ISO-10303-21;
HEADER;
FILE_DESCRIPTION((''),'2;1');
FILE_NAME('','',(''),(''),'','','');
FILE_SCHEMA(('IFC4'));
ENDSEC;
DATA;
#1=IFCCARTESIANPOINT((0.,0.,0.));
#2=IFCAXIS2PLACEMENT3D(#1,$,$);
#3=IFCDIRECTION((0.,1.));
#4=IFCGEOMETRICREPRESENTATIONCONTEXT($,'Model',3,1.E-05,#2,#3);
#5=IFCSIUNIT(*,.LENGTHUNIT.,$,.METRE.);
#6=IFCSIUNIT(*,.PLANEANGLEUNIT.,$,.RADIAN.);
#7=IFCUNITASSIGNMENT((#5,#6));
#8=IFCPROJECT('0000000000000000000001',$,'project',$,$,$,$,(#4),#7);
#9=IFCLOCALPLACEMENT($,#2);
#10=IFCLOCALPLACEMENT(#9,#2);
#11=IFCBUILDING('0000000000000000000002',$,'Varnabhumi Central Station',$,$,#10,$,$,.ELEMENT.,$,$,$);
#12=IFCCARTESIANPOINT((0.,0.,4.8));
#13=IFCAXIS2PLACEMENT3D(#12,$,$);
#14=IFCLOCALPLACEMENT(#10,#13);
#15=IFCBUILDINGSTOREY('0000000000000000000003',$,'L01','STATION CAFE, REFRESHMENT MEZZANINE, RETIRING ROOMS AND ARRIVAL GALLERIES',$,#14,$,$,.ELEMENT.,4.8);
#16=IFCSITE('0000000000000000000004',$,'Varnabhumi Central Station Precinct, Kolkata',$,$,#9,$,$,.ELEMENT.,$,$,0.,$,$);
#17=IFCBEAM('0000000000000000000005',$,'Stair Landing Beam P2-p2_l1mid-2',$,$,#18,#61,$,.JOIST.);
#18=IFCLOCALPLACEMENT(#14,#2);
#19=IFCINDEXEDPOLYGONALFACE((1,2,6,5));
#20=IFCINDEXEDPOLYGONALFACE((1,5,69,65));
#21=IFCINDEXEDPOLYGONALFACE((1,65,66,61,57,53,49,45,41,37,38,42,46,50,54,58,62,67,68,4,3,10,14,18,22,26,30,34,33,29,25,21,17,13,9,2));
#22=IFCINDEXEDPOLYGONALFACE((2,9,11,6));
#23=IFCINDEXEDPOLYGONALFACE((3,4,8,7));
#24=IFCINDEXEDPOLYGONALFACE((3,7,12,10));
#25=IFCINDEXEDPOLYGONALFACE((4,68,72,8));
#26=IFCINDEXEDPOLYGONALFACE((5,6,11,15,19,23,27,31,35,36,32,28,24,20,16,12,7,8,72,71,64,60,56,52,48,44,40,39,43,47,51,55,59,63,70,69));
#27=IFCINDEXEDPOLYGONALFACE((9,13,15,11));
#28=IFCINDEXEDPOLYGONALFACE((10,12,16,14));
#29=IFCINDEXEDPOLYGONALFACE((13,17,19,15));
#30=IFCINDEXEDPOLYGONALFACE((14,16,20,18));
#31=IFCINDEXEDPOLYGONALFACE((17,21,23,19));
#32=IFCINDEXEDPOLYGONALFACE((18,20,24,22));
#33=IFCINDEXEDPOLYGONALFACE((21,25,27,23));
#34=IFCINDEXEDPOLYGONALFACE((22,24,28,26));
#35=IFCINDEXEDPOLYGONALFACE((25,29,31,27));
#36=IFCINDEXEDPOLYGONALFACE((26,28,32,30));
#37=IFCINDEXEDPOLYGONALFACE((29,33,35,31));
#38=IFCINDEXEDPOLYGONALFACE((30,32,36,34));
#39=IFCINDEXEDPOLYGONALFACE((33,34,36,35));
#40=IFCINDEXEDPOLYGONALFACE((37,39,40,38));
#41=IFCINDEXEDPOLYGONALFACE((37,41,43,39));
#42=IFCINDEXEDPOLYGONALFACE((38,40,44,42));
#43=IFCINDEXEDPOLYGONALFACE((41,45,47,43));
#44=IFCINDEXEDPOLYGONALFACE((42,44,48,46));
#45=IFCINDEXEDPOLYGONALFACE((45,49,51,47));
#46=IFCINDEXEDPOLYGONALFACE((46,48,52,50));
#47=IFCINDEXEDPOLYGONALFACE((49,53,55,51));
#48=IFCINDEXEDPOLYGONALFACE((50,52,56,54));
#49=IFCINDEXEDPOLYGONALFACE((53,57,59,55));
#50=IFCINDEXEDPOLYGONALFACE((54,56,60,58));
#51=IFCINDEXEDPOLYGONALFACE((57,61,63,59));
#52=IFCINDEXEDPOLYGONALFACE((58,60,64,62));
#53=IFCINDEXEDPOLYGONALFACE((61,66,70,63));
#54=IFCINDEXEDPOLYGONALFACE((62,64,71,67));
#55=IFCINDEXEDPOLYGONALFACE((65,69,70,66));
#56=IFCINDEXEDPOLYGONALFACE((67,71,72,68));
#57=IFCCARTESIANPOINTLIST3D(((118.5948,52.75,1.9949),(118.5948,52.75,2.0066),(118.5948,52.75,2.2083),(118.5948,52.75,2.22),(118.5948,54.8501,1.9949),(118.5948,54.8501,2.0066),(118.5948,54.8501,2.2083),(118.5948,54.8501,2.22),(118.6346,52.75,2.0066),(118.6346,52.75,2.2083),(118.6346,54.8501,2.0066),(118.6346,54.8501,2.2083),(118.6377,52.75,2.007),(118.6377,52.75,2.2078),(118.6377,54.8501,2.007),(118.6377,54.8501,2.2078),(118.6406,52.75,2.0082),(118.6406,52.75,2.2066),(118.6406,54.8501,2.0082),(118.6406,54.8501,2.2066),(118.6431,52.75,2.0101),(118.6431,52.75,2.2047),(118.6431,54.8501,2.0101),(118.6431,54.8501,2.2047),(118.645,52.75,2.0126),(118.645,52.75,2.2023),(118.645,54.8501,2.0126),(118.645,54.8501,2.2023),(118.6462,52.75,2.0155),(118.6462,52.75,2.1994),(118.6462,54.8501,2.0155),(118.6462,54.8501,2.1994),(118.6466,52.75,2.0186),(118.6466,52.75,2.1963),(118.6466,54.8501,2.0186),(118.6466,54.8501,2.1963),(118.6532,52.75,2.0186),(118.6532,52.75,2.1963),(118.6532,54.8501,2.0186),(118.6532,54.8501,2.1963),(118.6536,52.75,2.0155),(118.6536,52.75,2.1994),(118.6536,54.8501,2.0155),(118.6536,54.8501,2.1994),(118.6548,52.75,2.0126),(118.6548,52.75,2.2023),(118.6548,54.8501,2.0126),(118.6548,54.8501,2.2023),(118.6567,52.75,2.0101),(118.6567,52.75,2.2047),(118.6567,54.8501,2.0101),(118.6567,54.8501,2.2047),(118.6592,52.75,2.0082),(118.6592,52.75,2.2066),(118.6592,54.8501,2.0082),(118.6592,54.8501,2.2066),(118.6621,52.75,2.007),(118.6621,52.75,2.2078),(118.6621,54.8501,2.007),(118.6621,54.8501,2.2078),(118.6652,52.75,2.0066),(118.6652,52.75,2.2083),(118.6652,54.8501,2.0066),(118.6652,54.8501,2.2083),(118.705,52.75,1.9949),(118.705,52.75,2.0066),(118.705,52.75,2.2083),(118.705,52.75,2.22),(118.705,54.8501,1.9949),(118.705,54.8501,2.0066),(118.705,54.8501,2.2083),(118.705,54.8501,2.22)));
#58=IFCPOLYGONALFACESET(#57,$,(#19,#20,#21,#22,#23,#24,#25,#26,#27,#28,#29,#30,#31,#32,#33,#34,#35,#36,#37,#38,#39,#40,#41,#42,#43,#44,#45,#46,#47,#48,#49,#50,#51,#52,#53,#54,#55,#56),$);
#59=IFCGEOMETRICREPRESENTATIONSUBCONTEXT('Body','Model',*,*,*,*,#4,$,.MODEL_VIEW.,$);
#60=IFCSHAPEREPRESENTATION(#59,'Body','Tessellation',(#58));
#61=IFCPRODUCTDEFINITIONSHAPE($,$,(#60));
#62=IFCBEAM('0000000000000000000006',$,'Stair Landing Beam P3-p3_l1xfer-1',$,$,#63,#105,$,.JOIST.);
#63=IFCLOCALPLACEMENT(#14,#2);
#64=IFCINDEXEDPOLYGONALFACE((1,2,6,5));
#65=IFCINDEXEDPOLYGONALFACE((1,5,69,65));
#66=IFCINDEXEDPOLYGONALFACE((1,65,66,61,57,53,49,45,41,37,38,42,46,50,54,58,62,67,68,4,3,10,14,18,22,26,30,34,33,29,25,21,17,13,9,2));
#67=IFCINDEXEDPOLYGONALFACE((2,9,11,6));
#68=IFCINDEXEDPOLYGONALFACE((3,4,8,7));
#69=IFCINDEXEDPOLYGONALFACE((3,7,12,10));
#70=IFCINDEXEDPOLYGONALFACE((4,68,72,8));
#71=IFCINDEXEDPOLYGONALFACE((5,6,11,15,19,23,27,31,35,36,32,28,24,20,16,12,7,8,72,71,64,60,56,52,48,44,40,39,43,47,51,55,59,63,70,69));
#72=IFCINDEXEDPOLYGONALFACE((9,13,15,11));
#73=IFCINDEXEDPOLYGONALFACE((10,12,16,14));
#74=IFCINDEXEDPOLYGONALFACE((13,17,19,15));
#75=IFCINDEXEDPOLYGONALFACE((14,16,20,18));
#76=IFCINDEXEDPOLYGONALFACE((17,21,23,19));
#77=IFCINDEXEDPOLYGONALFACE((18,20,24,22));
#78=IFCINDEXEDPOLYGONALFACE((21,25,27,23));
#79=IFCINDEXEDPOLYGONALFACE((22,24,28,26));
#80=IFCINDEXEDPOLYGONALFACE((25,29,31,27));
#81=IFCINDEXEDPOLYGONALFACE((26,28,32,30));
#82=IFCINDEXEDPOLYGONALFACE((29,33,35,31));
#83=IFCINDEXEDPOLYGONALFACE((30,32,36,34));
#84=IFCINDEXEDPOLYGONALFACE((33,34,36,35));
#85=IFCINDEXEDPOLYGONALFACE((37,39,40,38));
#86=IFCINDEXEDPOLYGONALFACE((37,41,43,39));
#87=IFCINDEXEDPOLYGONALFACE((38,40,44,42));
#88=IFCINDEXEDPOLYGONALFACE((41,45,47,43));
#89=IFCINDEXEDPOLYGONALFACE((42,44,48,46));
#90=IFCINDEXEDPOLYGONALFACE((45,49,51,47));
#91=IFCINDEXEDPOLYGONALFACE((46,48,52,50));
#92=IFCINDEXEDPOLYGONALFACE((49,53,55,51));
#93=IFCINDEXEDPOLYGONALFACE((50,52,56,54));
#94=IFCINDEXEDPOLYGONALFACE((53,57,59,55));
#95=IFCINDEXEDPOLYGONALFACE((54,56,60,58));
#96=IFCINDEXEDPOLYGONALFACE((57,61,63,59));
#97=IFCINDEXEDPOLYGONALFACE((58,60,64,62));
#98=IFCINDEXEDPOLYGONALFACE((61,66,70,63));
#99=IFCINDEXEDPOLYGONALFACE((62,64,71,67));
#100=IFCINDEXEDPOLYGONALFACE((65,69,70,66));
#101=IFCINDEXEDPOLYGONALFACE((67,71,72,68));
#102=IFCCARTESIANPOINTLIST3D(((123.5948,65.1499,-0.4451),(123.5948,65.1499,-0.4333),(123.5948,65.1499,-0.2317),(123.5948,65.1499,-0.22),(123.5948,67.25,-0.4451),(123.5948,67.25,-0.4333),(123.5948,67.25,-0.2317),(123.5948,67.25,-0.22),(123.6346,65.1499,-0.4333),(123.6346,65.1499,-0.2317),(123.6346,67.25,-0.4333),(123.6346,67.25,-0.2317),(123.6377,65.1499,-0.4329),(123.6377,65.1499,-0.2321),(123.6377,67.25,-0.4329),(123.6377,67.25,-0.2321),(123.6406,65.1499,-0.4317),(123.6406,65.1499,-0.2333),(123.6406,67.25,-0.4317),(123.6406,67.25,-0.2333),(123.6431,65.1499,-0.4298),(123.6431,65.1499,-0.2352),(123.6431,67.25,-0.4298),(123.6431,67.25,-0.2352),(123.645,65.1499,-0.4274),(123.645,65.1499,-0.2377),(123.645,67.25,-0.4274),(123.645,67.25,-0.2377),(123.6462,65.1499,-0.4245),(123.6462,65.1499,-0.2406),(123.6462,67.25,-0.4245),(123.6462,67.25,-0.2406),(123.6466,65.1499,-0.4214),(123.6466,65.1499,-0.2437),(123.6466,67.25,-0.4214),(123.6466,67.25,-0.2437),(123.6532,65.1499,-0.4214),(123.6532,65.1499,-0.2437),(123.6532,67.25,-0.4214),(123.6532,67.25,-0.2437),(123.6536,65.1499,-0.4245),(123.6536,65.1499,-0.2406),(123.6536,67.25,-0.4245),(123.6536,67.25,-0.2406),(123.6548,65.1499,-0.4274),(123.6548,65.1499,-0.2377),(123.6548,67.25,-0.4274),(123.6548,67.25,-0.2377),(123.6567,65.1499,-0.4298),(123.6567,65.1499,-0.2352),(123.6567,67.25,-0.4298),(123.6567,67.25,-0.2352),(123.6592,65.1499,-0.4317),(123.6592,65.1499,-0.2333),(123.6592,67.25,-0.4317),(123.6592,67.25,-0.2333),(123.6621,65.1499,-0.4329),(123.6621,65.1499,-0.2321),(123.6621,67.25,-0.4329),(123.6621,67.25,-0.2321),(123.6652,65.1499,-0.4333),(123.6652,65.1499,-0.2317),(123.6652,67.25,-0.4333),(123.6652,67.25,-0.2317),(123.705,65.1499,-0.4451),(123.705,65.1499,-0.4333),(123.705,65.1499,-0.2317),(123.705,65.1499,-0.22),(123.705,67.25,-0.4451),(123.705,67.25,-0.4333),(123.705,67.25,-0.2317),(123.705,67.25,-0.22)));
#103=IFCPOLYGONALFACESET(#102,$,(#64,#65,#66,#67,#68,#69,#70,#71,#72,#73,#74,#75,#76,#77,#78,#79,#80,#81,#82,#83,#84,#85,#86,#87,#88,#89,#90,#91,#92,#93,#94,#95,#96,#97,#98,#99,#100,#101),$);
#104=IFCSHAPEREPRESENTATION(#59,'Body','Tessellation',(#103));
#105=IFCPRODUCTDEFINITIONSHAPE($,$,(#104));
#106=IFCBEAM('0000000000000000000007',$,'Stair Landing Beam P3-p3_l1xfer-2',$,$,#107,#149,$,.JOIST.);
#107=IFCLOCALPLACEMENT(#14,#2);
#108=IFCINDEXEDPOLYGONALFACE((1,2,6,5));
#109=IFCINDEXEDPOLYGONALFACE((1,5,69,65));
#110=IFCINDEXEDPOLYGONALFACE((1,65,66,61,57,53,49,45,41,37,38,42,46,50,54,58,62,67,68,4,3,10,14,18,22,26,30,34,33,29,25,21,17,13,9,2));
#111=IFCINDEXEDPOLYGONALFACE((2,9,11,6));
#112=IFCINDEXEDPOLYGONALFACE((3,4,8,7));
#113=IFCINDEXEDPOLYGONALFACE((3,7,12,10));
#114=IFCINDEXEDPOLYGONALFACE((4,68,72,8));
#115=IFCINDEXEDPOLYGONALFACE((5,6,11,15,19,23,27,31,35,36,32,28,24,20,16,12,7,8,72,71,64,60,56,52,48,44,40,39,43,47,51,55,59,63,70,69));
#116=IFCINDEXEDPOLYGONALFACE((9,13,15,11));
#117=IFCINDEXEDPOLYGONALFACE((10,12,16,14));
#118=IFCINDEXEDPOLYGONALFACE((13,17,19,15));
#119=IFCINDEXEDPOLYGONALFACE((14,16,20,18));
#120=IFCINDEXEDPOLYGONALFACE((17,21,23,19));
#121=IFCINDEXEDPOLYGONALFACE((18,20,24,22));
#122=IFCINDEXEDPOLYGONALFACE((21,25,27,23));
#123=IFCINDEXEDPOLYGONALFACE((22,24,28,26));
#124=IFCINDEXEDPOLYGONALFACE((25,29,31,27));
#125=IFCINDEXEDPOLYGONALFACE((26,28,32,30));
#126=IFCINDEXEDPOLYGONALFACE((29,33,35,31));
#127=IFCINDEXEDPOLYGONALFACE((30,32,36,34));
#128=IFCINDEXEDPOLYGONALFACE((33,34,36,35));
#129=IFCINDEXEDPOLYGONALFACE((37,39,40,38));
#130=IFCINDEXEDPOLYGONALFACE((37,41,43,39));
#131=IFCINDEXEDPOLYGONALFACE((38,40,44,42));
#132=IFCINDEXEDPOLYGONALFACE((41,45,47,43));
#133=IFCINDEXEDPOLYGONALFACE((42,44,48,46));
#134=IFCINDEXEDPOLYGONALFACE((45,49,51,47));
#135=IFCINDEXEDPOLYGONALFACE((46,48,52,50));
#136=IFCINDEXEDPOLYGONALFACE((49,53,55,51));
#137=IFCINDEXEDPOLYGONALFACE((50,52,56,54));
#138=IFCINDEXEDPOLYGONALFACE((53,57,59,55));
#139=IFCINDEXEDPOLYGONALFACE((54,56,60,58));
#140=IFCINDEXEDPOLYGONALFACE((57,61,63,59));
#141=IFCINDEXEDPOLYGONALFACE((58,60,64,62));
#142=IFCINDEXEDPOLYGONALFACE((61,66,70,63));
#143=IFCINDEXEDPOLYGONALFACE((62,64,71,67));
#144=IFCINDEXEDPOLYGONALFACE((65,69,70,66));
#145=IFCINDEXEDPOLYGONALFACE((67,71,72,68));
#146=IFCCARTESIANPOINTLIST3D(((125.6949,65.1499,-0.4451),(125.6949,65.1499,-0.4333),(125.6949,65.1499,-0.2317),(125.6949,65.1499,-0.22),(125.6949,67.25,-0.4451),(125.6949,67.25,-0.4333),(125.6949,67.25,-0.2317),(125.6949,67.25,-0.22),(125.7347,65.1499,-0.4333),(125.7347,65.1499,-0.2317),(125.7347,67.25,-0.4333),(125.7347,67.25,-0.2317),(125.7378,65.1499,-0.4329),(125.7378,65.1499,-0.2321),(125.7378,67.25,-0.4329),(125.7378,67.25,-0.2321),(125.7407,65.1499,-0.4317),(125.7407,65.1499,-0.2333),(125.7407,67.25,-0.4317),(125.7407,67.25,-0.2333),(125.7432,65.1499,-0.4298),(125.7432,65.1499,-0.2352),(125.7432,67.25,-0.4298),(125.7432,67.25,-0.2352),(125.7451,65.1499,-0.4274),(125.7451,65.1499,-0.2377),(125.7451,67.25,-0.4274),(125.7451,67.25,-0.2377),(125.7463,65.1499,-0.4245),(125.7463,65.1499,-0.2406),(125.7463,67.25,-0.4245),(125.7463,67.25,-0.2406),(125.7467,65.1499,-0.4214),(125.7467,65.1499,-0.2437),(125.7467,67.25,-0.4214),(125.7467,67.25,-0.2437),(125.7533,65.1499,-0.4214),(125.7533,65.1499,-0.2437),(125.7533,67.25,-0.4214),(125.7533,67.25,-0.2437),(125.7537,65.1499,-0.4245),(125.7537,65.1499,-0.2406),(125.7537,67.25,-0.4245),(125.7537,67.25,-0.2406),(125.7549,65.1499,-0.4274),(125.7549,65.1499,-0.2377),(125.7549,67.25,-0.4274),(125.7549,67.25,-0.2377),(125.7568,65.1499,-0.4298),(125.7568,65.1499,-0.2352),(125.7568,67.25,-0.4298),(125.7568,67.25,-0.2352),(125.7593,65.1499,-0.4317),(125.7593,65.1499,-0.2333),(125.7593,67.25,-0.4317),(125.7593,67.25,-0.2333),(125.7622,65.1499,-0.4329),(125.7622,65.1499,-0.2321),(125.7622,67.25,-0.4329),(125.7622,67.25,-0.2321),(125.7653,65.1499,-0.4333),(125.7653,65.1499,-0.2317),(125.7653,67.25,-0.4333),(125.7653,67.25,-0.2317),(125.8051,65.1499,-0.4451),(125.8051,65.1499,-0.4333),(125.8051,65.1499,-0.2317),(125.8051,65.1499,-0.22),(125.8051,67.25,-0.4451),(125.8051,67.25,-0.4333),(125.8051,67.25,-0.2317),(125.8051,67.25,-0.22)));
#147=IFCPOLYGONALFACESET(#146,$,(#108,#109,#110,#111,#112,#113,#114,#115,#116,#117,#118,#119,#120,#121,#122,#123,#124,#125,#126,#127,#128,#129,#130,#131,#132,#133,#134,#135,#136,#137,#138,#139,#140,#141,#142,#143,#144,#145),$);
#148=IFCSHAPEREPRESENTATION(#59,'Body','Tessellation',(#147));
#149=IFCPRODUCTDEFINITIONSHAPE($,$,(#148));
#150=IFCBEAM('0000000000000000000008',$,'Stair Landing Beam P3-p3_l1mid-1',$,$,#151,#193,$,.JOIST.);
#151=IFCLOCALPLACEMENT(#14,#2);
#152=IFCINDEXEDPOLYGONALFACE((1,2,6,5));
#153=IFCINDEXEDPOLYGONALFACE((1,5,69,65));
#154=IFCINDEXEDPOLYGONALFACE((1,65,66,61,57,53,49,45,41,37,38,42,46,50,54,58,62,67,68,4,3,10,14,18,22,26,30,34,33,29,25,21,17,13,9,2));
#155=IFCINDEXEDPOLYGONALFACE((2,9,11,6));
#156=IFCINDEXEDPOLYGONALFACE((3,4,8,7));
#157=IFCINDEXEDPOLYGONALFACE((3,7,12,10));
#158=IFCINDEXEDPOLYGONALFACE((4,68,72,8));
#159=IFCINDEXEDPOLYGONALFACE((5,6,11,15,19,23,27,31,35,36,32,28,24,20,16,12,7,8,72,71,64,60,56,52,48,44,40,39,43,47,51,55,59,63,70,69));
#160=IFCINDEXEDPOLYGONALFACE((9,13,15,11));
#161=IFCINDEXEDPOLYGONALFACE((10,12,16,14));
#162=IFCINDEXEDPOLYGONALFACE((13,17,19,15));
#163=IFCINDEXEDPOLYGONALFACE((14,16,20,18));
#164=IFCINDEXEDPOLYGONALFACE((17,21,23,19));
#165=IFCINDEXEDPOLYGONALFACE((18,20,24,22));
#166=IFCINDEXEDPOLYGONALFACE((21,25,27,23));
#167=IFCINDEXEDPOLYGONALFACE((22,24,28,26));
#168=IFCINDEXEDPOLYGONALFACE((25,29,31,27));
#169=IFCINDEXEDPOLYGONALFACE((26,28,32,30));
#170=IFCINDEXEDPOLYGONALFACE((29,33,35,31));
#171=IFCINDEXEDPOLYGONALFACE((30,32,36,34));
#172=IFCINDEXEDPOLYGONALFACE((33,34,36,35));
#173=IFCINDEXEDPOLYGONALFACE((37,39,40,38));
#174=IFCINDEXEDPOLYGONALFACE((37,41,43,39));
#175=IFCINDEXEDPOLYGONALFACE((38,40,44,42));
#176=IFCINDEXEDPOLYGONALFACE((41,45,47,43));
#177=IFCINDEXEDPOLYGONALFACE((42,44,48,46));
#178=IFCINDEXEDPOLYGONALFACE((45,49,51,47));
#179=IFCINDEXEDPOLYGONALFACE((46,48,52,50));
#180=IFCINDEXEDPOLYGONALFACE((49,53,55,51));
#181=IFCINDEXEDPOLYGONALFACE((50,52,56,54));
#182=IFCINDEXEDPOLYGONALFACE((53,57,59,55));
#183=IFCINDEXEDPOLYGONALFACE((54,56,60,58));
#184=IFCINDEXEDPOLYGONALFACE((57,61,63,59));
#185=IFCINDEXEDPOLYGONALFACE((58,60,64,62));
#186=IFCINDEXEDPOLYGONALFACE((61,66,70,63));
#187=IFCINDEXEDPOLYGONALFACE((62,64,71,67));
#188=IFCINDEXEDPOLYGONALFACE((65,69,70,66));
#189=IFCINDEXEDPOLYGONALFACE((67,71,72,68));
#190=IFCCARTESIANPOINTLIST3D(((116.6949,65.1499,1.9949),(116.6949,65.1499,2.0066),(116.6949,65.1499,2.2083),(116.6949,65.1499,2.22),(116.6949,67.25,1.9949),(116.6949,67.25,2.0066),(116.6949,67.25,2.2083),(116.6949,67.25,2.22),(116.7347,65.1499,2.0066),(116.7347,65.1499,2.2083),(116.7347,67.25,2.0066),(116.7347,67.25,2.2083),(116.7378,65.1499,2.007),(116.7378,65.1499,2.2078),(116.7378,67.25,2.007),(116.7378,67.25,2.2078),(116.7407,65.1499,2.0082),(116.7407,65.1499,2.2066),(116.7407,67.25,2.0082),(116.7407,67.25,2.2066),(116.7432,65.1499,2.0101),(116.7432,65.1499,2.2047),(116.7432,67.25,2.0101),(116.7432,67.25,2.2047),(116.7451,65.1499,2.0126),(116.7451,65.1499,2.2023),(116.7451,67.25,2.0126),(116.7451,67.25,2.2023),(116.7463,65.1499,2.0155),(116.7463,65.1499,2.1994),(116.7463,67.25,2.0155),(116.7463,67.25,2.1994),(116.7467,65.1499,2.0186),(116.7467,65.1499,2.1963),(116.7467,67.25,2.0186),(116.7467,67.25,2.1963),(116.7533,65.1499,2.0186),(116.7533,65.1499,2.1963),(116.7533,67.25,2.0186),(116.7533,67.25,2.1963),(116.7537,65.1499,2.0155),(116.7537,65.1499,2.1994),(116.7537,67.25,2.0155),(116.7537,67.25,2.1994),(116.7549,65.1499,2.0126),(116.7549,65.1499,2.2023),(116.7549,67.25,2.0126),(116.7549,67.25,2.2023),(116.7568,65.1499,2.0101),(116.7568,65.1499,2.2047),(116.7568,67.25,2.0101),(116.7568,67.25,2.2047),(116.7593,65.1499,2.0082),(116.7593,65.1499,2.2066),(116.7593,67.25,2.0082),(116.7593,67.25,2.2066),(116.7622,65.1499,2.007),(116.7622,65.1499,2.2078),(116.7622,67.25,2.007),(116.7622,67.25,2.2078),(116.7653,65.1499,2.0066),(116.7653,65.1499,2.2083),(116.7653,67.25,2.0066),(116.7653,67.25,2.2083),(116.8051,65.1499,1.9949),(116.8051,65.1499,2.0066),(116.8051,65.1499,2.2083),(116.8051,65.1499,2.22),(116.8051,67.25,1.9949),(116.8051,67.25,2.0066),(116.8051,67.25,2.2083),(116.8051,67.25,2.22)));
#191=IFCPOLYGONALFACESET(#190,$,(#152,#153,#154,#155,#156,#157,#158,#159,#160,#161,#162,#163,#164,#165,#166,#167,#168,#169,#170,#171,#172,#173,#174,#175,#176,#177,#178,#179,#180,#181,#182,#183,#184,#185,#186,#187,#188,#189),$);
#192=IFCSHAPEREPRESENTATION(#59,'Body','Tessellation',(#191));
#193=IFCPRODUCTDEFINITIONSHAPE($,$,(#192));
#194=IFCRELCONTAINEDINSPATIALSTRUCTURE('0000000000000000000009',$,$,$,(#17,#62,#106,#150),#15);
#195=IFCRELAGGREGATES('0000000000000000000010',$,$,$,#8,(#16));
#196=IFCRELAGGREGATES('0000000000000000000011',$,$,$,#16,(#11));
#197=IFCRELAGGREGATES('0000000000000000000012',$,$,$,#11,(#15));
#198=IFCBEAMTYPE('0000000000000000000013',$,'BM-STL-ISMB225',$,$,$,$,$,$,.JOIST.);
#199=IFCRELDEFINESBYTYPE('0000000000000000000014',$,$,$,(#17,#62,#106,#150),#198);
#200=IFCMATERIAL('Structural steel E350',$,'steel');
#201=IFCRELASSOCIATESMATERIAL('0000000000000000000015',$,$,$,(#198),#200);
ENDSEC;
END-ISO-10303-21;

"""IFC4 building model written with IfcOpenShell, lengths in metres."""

from ifc_helpers import new_model, si_unit, direction, frame, origin, origin_2d, place, context, subcontext, project, spatial, i_section, extrude, material, material_profile, profile_set, type_object, element, save


model = new_model("IFC4")

# Units and contexts
model_context = context("Model", 3, precision=1e-05, world=origin(), true_north=direction((0.0, 1.0)))
body_context = subcontext(model_context, "Body", "Model", "MODEL_VIEW")
ifc_project = project(units=[si_unit("LENGTHUNIT", "METRE"), si_unit("PLANEANGLEUNIT", "RADIAN")], contexts=[model_context])

# Site, building, storey
site_placement = place(None, origin())
site = spatial("IfcSite", under=ifc_project, at=site_placement, Name="Varnabhumi Central Station Precinct, Kolkata", CompositionType="ELEMENT", RefElevation=0.0)
building_placement = place(site_placement, origin())
building = spatial("IfcBuilding", under=site, at=building_placement, Name="Varnabhumi Central Station", CompositionType="ELEMENT")
storey_placement = place(building_placement, frame((0.0, 0.0, 4.8)))
storey = spatial("IfcBuildingStorey", under=building, at=storey_placement, Name="L01", Description="STATION CAFE, REFRESHMENT MEZZANINE, RETIRING ROOMS AND ARRIVAL GALLERIES", CompositionType="ELEMENT", Elevation=4.8)

# Beams
ifc_material_1 = material(Name="Structural steel E350", Category="steel")
ifc_material_profile_1 = material_profile(ifc_material_1, i_section(OverallWidth=0.1101, OverallDepth=0.2251, WebThickness=0.0066, FlangeThickness=0.0117, FilletRadius=0.012, at=origin_2d()), Name="Structural steel E350", Category="steel")
ifc_profile_set_1 = profile_set([ifc_material_profile_1], Name="Structural steel E350")
beam_type_1 = type_object("IfcBeamType", Name="BM-STL-ISMB225", PredefinedType="JOIST", material=ifc_profile_set_1)
for number, where, z_axis, x_axis, name in (
    (1, (118.6499, 52.75, 2.1074), (0.0, 1.0, 0.0), (-1.0, 0.0, 0.0), "Stair Landing Beam P2-p2_l1mid-2"),
    (2, (123.6499, 65.1499, -0.3325), (0.0, 1.0, 0.0), (-1.0, 0.0, 0.0), "Stair Landing Beam P3-p3_l1xfer-1"),
    (3, (125.75, 65.1499, -0.3325), (0.0, 1.0, 0.0), (-1.0, 0.0, 0.0), "Stair Landing Beam P3-p3_l1xfer-2"),
    (4, (116.75, 65.1499, 2.1074), (0.0, 1.0, 0.0), (-1.0, 0.0, 0.0), "Stair Landing Beam P3-p3_l1mid-1"),
):
    element("IfcBeam", number, at=place(storey_placement, frame(where, z_axis=z_axis, x_axis=x_axis)), inside=storey, type_object=beam_type_1, Name=name, PredefinedType="JOIST", context=body_context, shape_type="SweptSolid", body=[
        extrude(i_section(OverallWidth=0.1101, OverallDepth=0.2251, WebThickness=0.0066, FlangeThickness=0.0117, FilletRadius=0.012, at=origin_2d()), origin(), (0.0, 0.0, 1.0), 2.1001),
    ])

save(model, "model.ifc")
